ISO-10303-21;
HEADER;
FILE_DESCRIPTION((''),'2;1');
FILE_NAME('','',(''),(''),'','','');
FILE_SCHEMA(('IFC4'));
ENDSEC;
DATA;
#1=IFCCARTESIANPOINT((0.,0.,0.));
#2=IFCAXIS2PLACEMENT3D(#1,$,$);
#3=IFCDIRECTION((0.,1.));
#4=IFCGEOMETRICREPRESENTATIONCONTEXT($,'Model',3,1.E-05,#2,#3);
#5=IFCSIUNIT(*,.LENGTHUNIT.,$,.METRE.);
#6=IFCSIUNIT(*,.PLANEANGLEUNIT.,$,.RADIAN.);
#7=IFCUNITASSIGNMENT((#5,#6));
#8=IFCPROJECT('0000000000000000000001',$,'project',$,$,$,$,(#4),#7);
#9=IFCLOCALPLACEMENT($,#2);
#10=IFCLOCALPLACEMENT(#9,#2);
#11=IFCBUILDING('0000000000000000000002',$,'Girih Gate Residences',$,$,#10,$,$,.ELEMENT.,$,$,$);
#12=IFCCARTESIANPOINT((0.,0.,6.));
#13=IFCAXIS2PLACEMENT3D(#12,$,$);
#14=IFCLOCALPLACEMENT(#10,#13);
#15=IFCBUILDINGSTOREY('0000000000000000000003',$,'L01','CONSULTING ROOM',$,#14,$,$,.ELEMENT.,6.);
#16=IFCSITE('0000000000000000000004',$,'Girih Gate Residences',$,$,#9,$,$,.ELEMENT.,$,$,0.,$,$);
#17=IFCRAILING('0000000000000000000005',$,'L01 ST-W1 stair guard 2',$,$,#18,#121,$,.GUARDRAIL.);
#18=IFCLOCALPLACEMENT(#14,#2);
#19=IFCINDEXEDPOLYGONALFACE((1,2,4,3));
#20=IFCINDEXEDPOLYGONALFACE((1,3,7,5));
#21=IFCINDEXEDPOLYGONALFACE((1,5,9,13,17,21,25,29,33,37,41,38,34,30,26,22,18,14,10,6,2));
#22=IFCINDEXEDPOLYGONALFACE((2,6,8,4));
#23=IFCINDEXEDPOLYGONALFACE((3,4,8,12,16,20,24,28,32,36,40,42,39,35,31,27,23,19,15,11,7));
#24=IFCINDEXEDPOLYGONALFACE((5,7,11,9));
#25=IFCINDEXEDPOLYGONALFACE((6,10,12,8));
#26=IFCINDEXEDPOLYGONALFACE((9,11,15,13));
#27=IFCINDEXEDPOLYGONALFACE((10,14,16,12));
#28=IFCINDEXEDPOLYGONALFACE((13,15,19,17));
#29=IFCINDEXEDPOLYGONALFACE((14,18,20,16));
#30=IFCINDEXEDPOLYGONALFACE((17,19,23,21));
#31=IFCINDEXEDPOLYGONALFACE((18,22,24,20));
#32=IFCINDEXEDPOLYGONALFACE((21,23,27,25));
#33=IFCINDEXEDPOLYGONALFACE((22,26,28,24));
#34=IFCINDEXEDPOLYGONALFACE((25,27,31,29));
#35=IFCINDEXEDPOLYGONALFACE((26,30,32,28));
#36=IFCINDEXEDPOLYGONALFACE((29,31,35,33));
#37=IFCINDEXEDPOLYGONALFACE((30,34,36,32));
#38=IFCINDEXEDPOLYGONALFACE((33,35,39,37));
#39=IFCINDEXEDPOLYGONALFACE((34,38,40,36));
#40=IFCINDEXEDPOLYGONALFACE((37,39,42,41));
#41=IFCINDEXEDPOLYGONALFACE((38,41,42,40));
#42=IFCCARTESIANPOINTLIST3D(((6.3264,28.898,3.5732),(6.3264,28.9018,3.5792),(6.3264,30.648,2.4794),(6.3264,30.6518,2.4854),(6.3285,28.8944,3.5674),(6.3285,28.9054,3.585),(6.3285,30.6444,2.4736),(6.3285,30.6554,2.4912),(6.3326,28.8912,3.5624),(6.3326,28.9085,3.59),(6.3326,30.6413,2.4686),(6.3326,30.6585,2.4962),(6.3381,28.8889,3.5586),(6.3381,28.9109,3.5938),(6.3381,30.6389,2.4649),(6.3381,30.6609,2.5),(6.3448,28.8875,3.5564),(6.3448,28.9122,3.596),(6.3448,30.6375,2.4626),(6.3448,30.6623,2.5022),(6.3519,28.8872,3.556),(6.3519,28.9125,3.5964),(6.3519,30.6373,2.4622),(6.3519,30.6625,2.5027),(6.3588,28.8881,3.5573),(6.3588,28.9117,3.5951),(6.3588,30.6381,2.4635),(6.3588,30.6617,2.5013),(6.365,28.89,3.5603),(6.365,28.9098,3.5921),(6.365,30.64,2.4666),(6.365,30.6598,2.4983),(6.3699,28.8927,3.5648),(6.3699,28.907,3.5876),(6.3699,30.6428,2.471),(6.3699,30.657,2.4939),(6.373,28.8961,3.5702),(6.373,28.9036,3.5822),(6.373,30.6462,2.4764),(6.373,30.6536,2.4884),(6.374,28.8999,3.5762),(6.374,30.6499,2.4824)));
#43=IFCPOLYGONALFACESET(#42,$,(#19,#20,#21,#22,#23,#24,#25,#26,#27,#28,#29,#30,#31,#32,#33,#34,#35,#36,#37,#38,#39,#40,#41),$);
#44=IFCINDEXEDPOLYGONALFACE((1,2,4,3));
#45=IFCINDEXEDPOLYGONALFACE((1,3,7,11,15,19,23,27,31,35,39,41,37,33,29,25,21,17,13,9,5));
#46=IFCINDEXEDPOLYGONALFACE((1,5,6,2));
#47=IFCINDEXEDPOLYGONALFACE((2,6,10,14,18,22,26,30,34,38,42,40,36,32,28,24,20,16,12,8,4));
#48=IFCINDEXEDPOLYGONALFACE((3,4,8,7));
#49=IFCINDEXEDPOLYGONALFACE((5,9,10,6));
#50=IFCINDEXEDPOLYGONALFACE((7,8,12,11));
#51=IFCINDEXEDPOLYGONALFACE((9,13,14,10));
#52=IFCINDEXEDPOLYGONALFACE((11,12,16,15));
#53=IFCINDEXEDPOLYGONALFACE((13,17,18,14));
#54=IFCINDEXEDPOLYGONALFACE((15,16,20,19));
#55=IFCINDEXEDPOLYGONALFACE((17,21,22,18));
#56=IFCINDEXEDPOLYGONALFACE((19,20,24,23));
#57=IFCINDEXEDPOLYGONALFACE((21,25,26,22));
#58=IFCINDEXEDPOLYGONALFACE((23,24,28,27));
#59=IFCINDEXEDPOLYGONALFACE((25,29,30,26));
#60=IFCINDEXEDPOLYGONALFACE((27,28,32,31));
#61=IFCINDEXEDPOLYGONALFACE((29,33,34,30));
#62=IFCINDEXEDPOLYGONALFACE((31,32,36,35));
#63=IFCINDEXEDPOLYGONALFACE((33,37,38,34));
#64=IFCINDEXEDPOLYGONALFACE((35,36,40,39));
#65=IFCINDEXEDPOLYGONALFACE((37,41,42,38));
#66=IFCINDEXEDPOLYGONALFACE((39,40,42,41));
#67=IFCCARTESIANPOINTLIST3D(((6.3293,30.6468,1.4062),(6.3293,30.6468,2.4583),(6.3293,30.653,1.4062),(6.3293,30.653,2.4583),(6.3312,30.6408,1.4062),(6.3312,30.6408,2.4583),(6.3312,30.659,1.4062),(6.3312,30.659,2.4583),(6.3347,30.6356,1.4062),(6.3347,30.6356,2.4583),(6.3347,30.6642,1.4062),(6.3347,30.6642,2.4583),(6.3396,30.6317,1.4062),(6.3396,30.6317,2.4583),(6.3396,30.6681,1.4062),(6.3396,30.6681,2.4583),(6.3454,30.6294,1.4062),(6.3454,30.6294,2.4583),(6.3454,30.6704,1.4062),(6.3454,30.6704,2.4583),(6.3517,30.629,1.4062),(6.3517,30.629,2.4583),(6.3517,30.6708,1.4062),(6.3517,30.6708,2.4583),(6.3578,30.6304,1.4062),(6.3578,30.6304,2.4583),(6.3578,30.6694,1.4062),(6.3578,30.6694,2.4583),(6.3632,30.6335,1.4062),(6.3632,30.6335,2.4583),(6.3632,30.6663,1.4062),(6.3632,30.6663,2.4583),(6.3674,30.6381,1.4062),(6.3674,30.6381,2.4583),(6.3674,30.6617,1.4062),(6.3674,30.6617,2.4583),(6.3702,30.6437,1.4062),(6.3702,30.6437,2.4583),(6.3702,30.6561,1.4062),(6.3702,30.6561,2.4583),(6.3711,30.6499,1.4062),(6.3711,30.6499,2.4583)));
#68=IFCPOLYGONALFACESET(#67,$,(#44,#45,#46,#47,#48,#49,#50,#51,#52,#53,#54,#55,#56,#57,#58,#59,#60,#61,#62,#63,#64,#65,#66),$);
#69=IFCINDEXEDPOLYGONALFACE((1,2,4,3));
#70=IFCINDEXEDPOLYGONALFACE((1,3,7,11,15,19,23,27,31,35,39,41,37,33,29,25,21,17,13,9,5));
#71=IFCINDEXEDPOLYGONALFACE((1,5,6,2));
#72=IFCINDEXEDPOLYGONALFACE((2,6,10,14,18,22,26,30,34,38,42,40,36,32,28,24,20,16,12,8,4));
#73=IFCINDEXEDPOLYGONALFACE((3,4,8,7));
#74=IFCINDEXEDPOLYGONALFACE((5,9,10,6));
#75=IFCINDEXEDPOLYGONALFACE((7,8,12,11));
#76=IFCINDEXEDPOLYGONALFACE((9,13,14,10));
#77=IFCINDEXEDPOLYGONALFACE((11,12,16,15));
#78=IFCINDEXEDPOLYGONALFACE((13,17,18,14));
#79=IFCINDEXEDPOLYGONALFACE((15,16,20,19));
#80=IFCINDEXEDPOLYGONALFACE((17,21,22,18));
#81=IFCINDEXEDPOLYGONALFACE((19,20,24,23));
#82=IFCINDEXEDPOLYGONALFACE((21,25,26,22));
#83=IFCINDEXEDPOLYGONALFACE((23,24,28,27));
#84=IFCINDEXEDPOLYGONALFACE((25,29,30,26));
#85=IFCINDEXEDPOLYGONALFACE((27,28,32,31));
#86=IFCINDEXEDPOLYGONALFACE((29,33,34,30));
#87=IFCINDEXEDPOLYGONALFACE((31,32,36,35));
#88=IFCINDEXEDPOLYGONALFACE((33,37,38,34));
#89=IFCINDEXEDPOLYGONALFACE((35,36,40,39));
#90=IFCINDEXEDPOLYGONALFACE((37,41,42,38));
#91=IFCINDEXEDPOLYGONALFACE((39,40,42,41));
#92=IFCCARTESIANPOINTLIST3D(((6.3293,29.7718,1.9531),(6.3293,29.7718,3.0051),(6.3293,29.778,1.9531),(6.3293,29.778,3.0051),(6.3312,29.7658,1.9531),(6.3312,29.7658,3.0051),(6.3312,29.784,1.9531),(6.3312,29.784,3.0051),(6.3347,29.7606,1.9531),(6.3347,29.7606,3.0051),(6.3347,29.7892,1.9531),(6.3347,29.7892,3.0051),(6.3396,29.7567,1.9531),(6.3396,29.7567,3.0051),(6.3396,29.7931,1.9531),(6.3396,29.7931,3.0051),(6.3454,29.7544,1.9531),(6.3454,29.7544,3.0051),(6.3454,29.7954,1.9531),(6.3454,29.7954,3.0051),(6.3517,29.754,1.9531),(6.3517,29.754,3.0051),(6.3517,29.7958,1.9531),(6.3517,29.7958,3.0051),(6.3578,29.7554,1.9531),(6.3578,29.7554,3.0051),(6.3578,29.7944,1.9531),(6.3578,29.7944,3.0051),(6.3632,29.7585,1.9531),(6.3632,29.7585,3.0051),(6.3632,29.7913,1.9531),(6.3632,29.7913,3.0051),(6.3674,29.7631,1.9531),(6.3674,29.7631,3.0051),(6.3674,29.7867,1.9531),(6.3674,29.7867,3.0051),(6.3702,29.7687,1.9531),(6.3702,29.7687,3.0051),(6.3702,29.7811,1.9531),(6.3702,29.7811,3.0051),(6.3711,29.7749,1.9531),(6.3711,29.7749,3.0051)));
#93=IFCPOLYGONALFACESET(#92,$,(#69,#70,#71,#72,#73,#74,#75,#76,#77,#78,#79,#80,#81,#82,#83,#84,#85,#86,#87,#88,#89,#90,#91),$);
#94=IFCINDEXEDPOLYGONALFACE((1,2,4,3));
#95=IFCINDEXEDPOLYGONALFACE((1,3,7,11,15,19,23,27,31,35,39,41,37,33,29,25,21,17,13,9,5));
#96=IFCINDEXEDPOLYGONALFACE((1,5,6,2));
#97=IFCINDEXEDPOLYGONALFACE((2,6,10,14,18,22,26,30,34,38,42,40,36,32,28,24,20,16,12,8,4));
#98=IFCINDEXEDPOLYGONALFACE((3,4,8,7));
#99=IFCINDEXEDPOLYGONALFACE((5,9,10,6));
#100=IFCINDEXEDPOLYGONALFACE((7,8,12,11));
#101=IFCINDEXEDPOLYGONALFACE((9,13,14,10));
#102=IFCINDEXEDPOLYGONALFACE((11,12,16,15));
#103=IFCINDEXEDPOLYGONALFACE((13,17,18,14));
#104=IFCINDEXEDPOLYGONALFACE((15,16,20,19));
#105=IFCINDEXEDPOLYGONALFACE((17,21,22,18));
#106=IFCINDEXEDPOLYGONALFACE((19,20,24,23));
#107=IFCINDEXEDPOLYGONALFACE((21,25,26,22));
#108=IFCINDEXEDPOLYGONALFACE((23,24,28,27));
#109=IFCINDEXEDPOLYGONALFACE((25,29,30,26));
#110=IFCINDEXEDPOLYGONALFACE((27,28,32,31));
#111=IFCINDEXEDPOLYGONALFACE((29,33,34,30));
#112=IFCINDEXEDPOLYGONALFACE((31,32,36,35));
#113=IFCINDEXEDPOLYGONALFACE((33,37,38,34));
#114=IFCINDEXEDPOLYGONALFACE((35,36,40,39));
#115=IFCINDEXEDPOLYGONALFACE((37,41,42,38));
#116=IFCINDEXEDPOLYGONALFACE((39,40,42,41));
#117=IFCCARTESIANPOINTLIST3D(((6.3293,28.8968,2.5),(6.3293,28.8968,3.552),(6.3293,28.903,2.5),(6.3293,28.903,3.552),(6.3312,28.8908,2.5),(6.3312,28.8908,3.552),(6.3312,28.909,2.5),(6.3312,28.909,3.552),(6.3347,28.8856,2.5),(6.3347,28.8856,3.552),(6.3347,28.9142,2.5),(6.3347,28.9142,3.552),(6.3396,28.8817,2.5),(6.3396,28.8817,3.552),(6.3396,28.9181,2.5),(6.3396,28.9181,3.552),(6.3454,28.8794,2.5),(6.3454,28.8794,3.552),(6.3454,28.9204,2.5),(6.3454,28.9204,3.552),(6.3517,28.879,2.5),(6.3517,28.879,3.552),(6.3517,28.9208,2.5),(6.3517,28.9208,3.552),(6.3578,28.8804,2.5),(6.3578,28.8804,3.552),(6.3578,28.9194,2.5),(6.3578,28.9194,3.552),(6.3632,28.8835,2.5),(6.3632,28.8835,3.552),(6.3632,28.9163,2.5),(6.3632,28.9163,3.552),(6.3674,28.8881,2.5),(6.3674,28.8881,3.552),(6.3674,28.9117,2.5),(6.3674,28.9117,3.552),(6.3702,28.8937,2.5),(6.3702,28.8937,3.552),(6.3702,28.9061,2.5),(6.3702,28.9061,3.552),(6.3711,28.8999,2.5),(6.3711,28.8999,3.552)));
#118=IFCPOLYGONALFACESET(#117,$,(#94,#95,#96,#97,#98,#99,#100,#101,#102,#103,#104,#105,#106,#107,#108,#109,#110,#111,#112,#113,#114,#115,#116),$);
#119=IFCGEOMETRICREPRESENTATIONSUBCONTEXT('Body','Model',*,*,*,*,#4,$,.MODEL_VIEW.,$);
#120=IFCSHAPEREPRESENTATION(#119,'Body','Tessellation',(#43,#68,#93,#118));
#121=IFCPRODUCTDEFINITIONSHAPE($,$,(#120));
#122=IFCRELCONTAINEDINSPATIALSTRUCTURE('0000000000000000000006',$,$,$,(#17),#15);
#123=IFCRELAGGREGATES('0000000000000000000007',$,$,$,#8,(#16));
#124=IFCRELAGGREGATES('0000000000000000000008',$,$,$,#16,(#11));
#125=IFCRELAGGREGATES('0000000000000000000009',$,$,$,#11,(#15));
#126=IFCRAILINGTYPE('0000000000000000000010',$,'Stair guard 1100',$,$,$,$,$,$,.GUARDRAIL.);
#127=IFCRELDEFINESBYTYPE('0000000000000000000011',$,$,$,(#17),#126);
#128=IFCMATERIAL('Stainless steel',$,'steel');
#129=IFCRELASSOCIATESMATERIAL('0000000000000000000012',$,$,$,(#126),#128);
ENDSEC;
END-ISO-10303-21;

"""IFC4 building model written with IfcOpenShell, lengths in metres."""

from ifc_helpers import new_model, si_unit, direction, frame, origin, origin_2d, place, context, subcontext, project, spatial, circle, extrude, material, type_object, element, save


model = new_model("IFC4")

# Units and contexts
model_context = context("Model", 3, precision=1e-05, world=origin(), true_north=direction((0.0, 1.0)))
body_context = subcontext(model_context, "Body", "Model", "MODEL_VIEW")
ifc_project = project(units=[si_unit("LENGTHUNIT", "METRE"), si_unit("PLANEANGLEUNIT", "RADIAN")], contexts=[model_context])

# Site, building, storey
site_placement = place(None, origin())
site = spatial("IfcSite", under=ifc_project, at=site_placement, Name="Girih Gate Residences", CompositionType="ELEMENT", RefElevation=0.0)
building_placement = place(site_placement, origin())
building = spatial("IfcBuilding", under=site, at=building_placement, Name="Girih Gate Residences", CompositionType="ELEMENT")
storey_placement = place(building_placement, frame((0.0, 0.0, 6.0)))
storey = spatial("IfcBuildingStorey", under=building, at=storey_placement, Name="L01", Description="CONSULTING ROOM", CompositionType="ELEMENT", Elevation=6.0)

# Railing
ifc_material_1 = material(Name="Stainless steel", Category="steel")
railing_type_1 = type_object("IfcRailingType", Name="Stair guard 1100", PredefinedType="GUARDRAIL", material=ifc_material_1)
railing_1_placement = place(storey_placement, frame((6.3501, 30.6499, 1.4062)))
element("IfcRailing", 1, at=railing_1_placement, inside=storey, type_object=railing_type_1, Name="L01 ST-W1 stair guard 2", PredefinedType="GUARDRAIL", context=body_context, shape_type="SweptSolid", body=[
    extrude(circle(Radius=0.0239, at=origin_2d()), frame((0.0, 0.0, 1.0762), z_axis=(0.0, -0.847998, 0.529999), x_axis=(1.0, 0.0, 0.0)), (0.0, 0.0, 1.0), 2.0637),
    extrude(circle(Radius=0.021, at=origin_2d()), origin(), (0.0, 0.0, 1.0), 1.052),
    extrude(circle(Radius=0.021, at=origin_2d()), frame((0.0, -0.875, 0.5469)), (0.0, 0.0, 1.0), 1.052),
    extrude(circle(Radius=0.021, at=origin_2d()), frame((0.0, -1.75, 1.0938)), (0.0, 0.0, 1.0), 1.052),
])

save(model, "model.ifc")
